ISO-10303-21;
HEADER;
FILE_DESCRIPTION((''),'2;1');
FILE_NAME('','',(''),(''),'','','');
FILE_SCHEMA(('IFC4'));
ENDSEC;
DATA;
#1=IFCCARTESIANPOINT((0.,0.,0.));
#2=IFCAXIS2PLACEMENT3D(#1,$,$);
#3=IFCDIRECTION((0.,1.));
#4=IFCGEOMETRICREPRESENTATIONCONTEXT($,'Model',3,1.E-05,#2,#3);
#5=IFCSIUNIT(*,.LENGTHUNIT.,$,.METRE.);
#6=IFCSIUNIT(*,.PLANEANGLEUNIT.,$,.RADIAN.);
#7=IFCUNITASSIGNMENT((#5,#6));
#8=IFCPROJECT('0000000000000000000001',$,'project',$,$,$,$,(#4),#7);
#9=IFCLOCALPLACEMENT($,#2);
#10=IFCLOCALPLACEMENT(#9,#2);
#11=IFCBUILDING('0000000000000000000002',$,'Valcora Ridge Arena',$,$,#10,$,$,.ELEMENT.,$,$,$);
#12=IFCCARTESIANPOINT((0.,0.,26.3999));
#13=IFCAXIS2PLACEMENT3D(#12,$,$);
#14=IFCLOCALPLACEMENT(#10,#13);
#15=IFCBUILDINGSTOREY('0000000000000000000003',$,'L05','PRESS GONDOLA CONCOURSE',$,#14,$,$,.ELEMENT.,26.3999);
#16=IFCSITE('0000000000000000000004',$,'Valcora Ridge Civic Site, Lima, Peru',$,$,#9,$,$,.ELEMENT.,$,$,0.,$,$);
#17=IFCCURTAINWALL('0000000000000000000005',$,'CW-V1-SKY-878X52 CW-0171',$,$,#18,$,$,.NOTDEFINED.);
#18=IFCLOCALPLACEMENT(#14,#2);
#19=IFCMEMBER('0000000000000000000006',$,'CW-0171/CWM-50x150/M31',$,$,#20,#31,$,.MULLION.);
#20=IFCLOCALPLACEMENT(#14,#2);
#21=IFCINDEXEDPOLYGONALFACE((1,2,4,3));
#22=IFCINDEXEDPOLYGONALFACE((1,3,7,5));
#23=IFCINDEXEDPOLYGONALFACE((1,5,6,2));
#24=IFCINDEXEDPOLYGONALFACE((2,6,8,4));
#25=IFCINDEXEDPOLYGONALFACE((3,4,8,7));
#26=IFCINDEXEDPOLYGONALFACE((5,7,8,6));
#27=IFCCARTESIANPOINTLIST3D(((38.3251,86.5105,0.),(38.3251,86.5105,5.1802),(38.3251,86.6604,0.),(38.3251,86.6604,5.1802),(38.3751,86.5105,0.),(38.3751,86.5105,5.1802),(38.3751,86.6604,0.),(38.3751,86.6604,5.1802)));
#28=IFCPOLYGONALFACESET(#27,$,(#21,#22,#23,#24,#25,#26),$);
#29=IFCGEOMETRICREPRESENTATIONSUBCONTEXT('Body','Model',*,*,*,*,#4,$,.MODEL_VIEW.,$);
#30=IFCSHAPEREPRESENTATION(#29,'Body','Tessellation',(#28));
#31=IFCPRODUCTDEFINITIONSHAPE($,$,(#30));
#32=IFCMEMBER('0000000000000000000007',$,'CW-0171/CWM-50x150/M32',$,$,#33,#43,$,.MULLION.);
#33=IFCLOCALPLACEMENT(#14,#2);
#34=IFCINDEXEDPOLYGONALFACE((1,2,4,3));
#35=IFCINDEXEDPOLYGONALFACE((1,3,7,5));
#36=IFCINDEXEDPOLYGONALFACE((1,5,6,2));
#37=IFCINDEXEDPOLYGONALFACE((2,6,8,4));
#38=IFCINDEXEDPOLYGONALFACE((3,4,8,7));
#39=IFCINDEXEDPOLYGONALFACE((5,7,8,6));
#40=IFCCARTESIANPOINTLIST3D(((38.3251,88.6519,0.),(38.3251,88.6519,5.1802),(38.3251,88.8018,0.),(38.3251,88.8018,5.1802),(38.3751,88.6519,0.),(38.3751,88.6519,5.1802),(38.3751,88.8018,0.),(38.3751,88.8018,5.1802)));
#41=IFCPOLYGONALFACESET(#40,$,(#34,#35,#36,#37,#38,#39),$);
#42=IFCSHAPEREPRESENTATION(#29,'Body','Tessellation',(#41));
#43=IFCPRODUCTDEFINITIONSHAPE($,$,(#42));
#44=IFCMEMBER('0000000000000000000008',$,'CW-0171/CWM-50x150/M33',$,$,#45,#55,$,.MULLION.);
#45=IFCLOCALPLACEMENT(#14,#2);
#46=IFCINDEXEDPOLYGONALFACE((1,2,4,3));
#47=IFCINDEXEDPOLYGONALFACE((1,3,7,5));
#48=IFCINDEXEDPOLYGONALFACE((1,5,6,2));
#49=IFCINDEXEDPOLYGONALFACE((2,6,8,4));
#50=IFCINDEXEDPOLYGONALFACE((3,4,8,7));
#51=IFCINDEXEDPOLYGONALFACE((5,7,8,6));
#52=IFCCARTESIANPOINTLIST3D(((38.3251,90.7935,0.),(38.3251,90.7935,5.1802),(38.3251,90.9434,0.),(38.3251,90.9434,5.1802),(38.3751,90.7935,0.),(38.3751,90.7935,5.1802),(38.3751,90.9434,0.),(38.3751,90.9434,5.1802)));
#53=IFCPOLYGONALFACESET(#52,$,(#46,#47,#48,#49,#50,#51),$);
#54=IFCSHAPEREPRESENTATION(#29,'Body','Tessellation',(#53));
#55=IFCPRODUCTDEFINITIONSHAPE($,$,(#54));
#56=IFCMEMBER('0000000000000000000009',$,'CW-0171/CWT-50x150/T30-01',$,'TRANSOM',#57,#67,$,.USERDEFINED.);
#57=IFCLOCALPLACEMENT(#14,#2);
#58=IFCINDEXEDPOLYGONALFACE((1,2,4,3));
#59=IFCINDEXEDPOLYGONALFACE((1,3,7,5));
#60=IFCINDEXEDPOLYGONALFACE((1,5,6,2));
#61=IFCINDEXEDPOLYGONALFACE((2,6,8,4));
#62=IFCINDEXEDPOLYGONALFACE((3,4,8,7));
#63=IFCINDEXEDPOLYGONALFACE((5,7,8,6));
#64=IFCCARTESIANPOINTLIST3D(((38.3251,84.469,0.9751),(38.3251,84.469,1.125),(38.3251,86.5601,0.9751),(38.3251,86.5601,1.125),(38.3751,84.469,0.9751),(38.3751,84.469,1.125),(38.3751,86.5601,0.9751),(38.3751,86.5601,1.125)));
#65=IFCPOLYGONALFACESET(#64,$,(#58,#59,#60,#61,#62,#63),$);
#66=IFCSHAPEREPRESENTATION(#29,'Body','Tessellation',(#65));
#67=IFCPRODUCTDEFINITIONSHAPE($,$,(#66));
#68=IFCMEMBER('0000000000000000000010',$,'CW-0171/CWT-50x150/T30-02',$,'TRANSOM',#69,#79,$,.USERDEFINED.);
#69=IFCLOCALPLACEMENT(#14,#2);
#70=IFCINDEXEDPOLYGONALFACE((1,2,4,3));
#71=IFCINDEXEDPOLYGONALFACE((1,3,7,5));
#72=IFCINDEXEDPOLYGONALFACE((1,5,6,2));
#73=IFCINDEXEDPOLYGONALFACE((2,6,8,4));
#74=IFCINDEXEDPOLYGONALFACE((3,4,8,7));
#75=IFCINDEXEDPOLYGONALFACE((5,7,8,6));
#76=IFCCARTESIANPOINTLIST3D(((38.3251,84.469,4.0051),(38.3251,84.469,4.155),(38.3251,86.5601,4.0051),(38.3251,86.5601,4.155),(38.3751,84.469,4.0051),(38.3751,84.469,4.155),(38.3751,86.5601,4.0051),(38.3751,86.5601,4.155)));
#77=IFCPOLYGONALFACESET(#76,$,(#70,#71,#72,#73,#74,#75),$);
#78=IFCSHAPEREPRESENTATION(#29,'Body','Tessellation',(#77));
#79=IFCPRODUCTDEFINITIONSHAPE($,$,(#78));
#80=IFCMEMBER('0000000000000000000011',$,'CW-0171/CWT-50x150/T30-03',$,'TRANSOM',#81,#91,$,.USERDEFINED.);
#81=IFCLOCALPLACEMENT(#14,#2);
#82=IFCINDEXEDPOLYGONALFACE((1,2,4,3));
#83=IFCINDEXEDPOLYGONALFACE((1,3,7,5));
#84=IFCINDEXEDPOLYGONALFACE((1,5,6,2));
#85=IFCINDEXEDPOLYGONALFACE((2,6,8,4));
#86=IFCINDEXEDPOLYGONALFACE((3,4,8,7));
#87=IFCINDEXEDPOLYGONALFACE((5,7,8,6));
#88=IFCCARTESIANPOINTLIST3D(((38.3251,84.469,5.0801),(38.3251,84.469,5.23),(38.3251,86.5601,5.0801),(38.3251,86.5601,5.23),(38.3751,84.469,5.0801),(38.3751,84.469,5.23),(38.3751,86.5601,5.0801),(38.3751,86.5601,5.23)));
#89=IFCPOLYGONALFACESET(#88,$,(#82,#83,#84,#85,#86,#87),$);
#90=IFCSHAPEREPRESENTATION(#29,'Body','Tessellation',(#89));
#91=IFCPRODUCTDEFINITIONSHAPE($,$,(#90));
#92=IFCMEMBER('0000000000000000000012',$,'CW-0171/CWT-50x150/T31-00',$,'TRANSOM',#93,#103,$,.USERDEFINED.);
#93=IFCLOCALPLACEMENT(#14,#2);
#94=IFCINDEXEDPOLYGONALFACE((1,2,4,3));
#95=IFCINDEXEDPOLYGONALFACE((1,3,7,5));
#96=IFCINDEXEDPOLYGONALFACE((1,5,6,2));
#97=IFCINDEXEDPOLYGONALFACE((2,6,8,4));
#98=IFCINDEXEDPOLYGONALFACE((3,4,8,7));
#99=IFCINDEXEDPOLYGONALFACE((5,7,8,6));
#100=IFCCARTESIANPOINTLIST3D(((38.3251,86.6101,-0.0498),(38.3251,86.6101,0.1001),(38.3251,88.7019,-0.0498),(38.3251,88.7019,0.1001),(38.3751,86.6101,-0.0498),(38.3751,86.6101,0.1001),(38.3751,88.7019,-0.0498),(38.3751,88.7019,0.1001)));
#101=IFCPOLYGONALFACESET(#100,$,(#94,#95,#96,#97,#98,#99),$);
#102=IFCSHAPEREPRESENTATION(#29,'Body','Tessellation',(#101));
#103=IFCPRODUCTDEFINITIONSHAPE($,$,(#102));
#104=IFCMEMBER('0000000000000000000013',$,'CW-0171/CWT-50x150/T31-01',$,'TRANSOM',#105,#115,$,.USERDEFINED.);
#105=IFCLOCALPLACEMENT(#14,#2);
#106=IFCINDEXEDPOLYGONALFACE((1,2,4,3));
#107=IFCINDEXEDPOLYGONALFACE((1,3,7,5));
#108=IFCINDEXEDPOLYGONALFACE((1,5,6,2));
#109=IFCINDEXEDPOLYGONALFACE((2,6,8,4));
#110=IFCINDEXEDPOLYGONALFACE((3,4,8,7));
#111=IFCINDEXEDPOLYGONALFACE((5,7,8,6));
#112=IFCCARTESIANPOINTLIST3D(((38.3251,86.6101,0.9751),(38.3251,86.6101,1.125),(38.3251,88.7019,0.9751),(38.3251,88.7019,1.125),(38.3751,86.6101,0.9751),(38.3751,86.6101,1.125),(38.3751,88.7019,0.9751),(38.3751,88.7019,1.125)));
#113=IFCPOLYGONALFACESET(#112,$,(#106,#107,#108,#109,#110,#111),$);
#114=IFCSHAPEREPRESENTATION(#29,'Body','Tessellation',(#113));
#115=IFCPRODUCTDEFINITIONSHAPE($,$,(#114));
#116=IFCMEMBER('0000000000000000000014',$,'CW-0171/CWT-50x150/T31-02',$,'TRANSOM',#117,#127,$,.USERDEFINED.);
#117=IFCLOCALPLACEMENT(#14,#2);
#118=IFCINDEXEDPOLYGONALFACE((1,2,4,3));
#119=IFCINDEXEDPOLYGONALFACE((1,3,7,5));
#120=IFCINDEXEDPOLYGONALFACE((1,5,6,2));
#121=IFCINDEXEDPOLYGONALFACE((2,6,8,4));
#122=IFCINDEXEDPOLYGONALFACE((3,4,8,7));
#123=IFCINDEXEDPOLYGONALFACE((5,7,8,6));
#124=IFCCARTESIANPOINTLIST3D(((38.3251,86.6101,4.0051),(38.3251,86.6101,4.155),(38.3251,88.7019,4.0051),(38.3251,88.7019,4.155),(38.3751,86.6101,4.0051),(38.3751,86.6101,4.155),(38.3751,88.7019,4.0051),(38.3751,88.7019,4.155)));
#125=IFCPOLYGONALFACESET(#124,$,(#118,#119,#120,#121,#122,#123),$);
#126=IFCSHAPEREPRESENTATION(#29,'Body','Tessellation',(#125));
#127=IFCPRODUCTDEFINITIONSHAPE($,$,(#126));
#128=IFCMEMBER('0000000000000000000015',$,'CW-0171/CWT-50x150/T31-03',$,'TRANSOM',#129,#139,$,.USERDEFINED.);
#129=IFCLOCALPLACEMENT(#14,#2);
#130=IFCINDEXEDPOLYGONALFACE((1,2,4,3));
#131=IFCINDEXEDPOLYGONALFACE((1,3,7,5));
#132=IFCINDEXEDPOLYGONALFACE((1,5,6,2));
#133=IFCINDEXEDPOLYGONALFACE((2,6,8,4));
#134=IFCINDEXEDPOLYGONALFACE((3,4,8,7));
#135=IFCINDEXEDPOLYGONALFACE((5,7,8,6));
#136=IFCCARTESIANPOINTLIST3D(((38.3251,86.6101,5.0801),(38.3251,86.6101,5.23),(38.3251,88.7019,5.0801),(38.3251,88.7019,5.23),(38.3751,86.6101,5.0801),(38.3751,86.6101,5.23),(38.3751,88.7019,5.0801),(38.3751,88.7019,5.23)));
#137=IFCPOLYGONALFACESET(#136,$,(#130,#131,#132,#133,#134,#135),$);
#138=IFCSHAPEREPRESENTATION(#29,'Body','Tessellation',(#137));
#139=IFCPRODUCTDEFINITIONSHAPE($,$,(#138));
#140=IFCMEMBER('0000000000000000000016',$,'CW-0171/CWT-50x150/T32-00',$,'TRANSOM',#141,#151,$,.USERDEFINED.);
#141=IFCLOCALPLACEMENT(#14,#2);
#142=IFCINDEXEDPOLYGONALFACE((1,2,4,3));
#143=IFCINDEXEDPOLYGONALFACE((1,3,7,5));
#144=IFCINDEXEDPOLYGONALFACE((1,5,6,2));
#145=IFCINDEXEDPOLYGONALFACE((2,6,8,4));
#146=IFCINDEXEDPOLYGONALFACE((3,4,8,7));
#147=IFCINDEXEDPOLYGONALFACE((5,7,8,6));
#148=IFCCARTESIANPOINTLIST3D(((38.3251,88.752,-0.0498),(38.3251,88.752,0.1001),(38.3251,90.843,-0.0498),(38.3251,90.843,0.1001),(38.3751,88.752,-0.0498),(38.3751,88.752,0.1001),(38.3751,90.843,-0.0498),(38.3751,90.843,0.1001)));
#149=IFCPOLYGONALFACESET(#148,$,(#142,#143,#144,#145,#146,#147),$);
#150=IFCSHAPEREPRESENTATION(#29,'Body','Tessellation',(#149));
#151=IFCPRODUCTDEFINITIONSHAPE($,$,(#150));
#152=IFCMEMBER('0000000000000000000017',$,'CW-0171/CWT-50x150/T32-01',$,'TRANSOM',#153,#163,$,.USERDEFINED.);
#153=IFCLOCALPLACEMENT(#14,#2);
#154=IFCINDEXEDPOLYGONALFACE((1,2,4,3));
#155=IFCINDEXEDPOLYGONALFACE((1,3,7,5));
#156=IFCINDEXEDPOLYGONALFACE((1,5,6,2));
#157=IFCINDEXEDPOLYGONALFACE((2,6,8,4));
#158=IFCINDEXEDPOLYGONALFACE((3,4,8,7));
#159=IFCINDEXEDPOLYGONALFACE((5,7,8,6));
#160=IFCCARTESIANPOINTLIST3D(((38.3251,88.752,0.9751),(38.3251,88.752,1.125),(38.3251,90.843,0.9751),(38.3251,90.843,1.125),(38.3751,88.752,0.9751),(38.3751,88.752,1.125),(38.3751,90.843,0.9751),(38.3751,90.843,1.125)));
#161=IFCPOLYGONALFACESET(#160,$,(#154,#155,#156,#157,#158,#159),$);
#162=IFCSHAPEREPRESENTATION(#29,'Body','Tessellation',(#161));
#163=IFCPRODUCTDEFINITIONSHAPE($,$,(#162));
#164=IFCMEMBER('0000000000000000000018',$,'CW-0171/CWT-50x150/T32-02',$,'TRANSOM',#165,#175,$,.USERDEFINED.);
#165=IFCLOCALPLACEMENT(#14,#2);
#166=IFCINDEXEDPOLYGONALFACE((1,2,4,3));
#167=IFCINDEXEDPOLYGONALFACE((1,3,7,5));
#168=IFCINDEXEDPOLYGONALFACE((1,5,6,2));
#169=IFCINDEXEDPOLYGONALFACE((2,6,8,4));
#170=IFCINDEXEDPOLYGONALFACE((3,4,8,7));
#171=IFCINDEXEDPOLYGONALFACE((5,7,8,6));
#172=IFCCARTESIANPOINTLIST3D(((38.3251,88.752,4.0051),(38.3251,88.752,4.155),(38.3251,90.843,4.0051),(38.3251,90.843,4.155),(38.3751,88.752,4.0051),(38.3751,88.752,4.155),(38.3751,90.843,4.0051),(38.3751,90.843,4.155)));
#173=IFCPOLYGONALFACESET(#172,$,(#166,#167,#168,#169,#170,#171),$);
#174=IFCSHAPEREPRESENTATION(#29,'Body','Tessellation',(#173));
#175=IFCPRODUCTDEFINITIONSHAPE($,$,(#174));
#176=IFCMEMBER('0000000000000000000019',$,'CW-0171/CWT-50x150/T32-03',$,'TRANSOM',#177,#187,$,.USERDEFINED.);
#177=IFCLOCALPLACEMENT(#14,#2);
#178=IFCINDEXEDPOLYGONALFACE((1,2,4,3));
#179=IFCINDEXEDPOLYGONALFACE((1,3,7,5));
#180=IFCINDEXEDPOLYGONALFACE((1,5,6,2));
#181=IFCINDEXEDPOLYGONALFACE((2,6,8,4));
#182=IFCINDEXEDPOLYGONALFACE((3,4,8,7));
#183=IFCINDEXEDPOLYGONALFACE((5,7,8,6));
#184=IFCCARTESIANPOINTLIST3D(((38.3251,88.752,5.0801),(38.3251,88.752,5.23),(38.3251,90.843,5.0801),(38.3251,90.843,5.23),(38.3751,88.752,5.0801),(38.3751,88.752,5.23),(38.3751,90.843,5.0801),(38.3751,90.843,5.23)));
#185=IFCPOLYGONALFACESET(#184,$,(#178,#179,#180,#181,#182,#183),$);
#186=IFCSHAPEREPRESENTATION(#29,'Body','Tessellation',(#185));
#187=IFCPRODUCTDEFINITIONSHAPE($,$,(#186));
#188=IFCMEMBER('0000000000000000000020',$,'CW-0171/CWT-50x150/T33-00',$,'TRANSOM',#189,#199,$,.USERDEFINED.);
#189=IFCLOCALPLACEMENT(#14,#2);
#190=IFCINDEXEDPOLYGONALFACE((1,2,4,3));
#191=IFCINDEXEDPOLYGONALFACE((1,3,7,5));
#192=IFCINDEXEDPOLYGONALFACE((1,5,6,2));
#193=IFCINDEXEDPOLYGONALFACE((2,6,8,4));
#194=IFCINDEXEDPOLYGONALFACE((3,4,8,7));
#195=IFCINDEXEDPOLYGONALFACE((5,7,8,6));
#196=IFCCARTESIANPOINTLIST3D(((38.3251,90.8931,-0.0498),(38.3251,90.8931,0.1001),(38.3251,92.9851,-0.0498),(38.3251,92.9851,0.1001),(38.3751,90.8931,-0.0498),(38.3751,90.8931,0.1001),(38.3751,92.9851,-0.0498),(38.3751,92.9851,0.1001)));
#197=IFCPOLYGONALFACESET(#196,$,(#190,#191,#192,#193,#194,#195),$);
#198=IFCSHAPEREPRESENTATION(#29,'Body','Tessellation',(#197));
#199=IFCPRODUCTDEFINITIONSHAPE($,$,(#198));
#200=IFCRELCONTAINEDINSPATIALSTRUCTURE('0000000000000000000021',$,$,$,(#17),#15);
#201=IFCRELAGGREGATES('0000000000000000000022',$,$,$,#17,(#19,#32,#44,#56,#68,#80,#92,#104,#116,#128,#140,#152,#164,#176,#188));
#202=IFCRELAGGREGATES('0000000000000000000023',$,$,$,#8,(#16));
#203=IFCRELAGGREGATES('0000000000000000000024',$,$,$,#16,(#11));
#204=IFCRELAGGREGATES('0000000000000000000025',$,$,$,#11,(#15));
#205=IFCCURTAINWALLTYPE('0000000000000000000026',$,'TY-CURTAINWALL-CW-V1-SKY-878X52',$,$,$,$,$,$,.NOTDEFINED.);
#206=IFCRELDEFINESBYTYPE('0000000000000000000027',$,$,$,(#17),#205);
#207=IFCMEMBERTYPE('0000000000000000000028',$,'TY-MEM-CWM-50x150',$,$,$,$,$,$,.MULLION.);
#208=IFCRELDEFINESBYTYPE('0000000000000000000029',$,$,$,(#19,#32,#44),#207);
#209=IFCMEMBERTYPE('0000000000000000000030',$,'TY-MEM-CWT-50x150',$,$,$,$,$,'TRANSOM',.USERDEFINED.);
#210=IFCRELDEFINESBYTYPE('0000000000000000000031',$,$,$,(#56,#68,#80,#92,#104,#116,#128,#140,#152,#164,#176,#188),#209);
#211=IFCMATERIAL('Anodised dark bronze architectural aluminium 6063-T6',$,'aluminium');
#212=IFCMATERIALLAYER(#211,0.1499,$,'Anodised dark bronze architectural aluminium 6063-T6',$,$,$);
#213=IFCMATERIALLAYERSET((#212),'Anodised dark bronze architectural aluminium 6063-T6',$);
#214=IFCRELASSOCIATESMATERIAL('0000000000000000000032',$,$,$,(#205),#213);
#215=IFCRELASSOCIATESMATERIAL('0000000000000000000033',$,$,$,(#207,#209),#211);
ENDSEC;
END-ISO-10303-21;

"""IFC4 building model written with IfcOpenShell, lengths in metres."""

from ifc_helpers import new_model, si_unit, direction, frame, origin, origin_2d, place, context, subcontext, project, spatial, rectangle, extrude, material, layer, layer_set, material_profile, profile_set, type_object, element, aggregate, save


model = new_model("IFC4")

# Units and contexts
model_context = context("Model", 3, precision=1e-05, world=origin(), true_north=direction((0.0, 1.0)))
body_context = subcontext(model_context, "Body", "Model", "MODEL_VIEW")
ifc_project = project(units=[si_unit("LENGTHUNIT", "METRE"), si_unit("PLANEANGLEUNIT", "RADIAN")], contexts=[model_context])

# Site, building, storey
site_placement = place(None, origin())
site = spatial("IfcSite", under=ifc_project, at=site_placement, Name="Valcora Ridge Civic Site, Lima, Peru", CompositionType="ELEMENT", RefElevation=0.0)
building_placement = place(site_placement, origin())
building = spatial("IfcBuilding", under=site, at=building_placement, Name="Valcora Ridge Arena", CompositionType="ELEMENT")
storey_placement = place(building_placement, frame((0.0, 0.0, 26.3999)))
storey = spatial("IfcBuildingStorey", under=building, at=storey_placement, Name="L05", Description="PRESS GONDOLA CONCOURSE", CompositionType="ELEMENT", Elevation=26.3999)

# Curtain wall, members
ifc_material_1 = material(Name="Anodised dark bronze architectural aluminium 6063-T6", Category="aluminium")
ifc_layer_1 = layer(ifc_material_1, 0.1499, Name="Anodised dark bronze architectural aluminium 6063-T6")
ifc_layer_set_1 = layer_set([ifc_layer_1], Name="Anodised dark bronze architectural aluminium 6063-T6")
curtain_wall_type = type_object("IfcCurtainWallType", Name="TY-CURTAINWALL-CW-V1-SKY-878X52", PredefinedType="NOTDEFINED", material=ifc_layer_set_1)
curtain_wall_placement = place(storey_placement, origin())
curtain_wall = element("IfcCurtainWall", 1, at=curtain_wall_placement, inside=storey, type_object=curtain_wall_type, Name="CW-V1-SKY-878X52 CW-0171", PredefinedType="NOTDEFINED")
ifc_material_profile_1 = material_profile(ifc_material_1, rectangle(XDim=0.05, YDim=0.1499, at=origin_2d()), Name="ALU MULLION 50x150")
ifc_profile_set_1 = profile_set([ifc_material_profile_1], Name="Anodised dark bronze architectural aluminium 6063-T6")
member_type_1 = type_object("IfcMemberType", Name="TY-MEM-CWM-50x150", PredefinedType="MULLION", material=ifc_profile_set_1)
member_1_placement = place(storey_placement, frame((38.3501, 86.5854, 0.0), z_axis=(0.0, 0.0, 1.0), x_axis=(-1.0, 0.0, 0.0)))
member_1 = element("IfcMember", 2, at=member_1_placement, type_object=member_type_1, Name="CW-0171/CWM-50x150/M31", PredefinedType="MULLION", context=body_context, shape_type="SweptSolid", body=[
    extrude(rectangle(XDim=0.05, YDim=0.1499, at=origin_2d()), origin(), (0.0, 0.0, 1.0), 5.1802),
])
member_2_placement = place(storey_placement, frame((38.3501, 88.7268, 0.0), z_axis=(0.0, 0.0, 1.0), x_axis=(-1.0, 0.0, 0.0)))
member_2 = element("IfcMember", 3, at=member_2_placement, type_object=member_type_1, Name="CW-0171/CWM-50x150/M32", PredefinedType="MULLION", context=body_context, shape_type="SweptSolid", body=[
    extrude(rectangle(XDim=0.05, YDim=0.1499, at=origin_2d()), origin(), (0.0, 0.0, 1.0), 5.1802),
])
member_3_placement = place(storey_placement, frame((38.3501, 90.8684, 0.0), z_axis=(0.0, 0.0, 1.0), x_axis=(-1.0, 0.0, 0.0)))
member_3 = element("IfcMember", 4, at=member_3_placement, type_object=member_type_1, Name="CW-0171/CWM-50x150/M33", PredefinedType="MULLION", context=body_context, shape_type="SweptSolid", body=[
    extrude(rectangle(XDim=0.05, YDim=0.1499, at=origin_2d()), origin(), (0.0, 0.0, 1.0), 5.1802),
])
ifc_material_profile_2 = material_profile(ifc_material_1, rectangle(XDim=0.05, YDim=0.1499, at=origin_2d()), Name="ALU TRANSOM 50x150")
ifc_profile_set_2 = profile_set([ifc_material_profile_2], Name="Anodised dark bronze architectural aluminium 6063-T6")
member_type_2 = type_object("IfcMemberType", Name="TY-MEM-CWT-50x150", ElementType="TRANSOM", PredefinedType="USERDEFINED", material=ifc_profile_set_2)
member_4_placement = place(storey_placement, frame((38.3501, 84.469, 1.05), z_axis=(0.0, 1.0, 0.0), x_axis=(-1.0, 0.0, 0.0)))
member_4 = element("IfcMember", 5, at=member_4_placement, type_object=member_type_2, Name="CW-0171/CWT-50x150/T30-01", ObjectType="TRANSOM", PredefinedType="USERDEFINED", context=body_context, shape_type="SweptSolid", body=[
    extrude(rectangle(XDim=0.05, YDim=0.1499, at=origin_2d()), origin(), (0.0, 0.0, 1.0), 2.0911),
])
member_5_placement = place(storey_placement, frame((38.3501, 84.469, 4.0801), z_axis=(0.0, 1.0, 0.0), x_axis=(-1.0, 0.0, 0.0)))
member_5 = element("IfcMember", 6, at=member_5_placement, type_object=member_type_2, Name="CW-0171/CWT-50x150/T30-02", ObjectType="TRANSOM", PredefinedType="USERDEFINED", context=body_context, shape_type="SweptSolid", body=[
    extrude(rectangle(XDim=0.05, YDim=0.1499, at=origin_2d()), origin(), (0.0, 0.0, 1.0), 2.0911),
])
member_6_placement = place(storey_placement, frame((38.3501, 84.469, 5.155), z_axis=(0.0, 1.0, 0.0), x_axis=(-1.0, 0.0, 0.0)))
member_6 = element("IfcMember", 7, at=member_6_placement, type_object=member_type_2, Name="CW-0171/CWT-50x150/T30-03", ObjectType="TRANSOM", PredefinedType="USERDEFINED", context=body_context, shape_type="SweptSolid", body=[
    extrude(rectangle(XDim=0.05, YDim=0.1499, at=origin_2d()), origin(), (0.0, 0.0, 1.0), 2.0911),
])
member_7_placement = place(storey_placement, frame((38.3501, 86.6101, 0.0251), z_axis=(0.0, 1.0, 0.0), x_axis=(-1.0, 0.0, 0.0)))
member_7 = element("IfcMember", 8, at=member_7_placement, type_object=member_type_2, Name="CW-0171/CWT-50x150/T31-00", ObjectType="TRANSOM", PredefinedType="USERDEFINED", context=body_context, shape_type="SweptSolid", body=[
    extrude(rectangle(XDim=0.05, YDim=0.1499, at=origin_2d()), origin(), (0.0, 0.0, 1.0), 2.0918),
])
member_8_placement = place(storey_placement, frame((38.3501, 86.6101, 1.05), z_axis=(0.0, 1.0, 0.0), x_axis=(-1.0, 0.0, 0.0)))
member_8 = element("IfcMember", 9, at=member_8_placement, type_object=member_type_2, Name="CW-0171/CWT-50x150/T31-01", ObjectType="TRANSOM", PredefinedType="USERDEFINED", context=body_context, shape_type="SweptSolid", body=[
    extrude(rectangle(XDim=0.05, YDim=0.1499, at=origin_2d()), origin(), (0.0, 0.0, 1.0), 2.0918),
])
member_9_placement = place(storey_placement, frame((38.3501, 86.6101, 4.0801), z_axis=(0.0, 1.0, 0.0), x_axis=(-1.0, 0.0, 0.0)))
member_9 = element("IfcMember", 10, at=member_9_placement, type_object=member_type_2, Name="CW-0171/CWT-50x150/T31-02", ObjectType="TRANSOM", PredefinedType="USERDEFINED", context=body_context, shape_type="SweptSolid", body=[
    extrude(rectangle(XDim=0.05, YDim=0.1499, at=origin_2d()), origin(), (0.0, 0.0, 1.0), 2.0918),
])
member_10_placement = place(storey_placement, frame((38.3501, 86.6101, 5.155), z_axis=(0.0, 1.0, 0.0), x_axis=(-1.0, 0.0, 0.0)))
member_10 = element("IfcMember", 11, at=member_10_placement, type_object=member_type_2, Name="CW-0171/CWT-50x150/T31-03", ObjectType="TRANSOM", PredefinedType="USERDEFINED", context=body_context, shape_type="SweptSolid", body=[
    extrude(rectangle(XDim=0.05, YDim=0.1499, at=origin_2d()), origin(), (0.0, 0.0, 1.0), 2.0918),
])
member_11_placement = place(storey_placement, frame((38.3501, 88.752, 0.0251), z_axis=(0.0, 1.0, 0.0), x_axis=(-1.0, 0.0, 0.0)))
member_11 = element("IfcMember", 12, at=member_11_placement, type_object=member_type_2, Name="CW-0171/CWT-50x150/T32-00", ObjectType="TRANSOM", PredefinedType="USERDEFINED", context=body_context, shape_type="SweptSolid", body=[
    extrude(rectangle(XDim=0.05, YDim=0.1499, at=origin_2d()), origin(), (0.0, 0.0, 1.0), 2.0911),
])
member_12_placement = place(storey_placement, frame((38.3501, 88.752, 1.05), z_axis=(0.0, 1.0, 0.0), x_axis=(-1.0, 0.0, 0.0)))
member_12 = element("IfcMember", 13, at=member_12_placement, type_object=member_type_2, Name="CW-0171/CWT-50x150/T32-01", ObjectType="TRANSOM", PredefinedType="USERDEFINED", context=body_context, shape_type="SweptSolid", body=[
    extrude(rectangle(XDim=0.05, YDim=0.1499, at=origin_2d()), origin(), (0.0, 0.0, 1.0), 2.0911),
])
member_13_placement = place(storey_placement, frame((38.3501, 88.752, 4.0801), z_axis=(0.0, 1.0, 0.0), x_axis=(-1.0, 0.0, 0.0)))
member_13 = element("IfcMember", 14, at=member_13_placement, type_object=member_type_2, Name="CW-0171/CWT-50x150/T32-02", ObjectType="TRANSOM", PredefinedType="USERDEFINED", context=body_context, shape_type="SweptSolid", body=[
    extrude(rectangle(XDim=0.05, YDim=0.1499, at=origin_2d()), origin(), (0.0, 0.0, 1.0), 2.0911),
])
member_14_placement = place(storey_placement, frame((38.3501, 88.752, 5.155), z_axis=(0.0, 1.0, 0.0), x_axis=(-1.0, 0.0, 0.0)))
member_14 = element("IfcMember", 15, at=member_14_placement, type_object=member_type_2, Name="CW-0171/CWT-50x150/T32-03", ObjectType="TRANSOM", PredefinedType="USERDEFINED", context=body_context, shape_type="SweptSolid", body=[
    extrude(rectangle(XDim=0.05, YDim=0.1499, at=origin_2d()), origin(), (0.0, 0.0, 1.0), 2.0911),
])
member_15_placement = place(storey_placement, frame((38.3501, 90.8931, 0.0251), z_axis=(0.0, 1.0, 0.0), x_axis=(-1.0, 0.0, 0.0)))
member_15 = element("IfcMember", 16, at=member_15_placement, type_object=member_type_2, Name="CW-0171/CWT-50x150/T33-00", ObjectType="TRANSOM", PredefinedType="USERDEFINED", context=body_context, shape_type="SweptSolid", body=[
    extrude(rectangle(XDim=0.05, YDim=0.1499, at=origin_2d()), origin(), (0.0, 0.0, 1.0), 2.092),
])
aggregate(curtain_wall, [member_1, member_2, member_3, member_4, member_5, member_6, member_7, member_8, member_9, member_10, member_11, member_12, member_13, member_14, member_15])

save(model, "model.ifc")
